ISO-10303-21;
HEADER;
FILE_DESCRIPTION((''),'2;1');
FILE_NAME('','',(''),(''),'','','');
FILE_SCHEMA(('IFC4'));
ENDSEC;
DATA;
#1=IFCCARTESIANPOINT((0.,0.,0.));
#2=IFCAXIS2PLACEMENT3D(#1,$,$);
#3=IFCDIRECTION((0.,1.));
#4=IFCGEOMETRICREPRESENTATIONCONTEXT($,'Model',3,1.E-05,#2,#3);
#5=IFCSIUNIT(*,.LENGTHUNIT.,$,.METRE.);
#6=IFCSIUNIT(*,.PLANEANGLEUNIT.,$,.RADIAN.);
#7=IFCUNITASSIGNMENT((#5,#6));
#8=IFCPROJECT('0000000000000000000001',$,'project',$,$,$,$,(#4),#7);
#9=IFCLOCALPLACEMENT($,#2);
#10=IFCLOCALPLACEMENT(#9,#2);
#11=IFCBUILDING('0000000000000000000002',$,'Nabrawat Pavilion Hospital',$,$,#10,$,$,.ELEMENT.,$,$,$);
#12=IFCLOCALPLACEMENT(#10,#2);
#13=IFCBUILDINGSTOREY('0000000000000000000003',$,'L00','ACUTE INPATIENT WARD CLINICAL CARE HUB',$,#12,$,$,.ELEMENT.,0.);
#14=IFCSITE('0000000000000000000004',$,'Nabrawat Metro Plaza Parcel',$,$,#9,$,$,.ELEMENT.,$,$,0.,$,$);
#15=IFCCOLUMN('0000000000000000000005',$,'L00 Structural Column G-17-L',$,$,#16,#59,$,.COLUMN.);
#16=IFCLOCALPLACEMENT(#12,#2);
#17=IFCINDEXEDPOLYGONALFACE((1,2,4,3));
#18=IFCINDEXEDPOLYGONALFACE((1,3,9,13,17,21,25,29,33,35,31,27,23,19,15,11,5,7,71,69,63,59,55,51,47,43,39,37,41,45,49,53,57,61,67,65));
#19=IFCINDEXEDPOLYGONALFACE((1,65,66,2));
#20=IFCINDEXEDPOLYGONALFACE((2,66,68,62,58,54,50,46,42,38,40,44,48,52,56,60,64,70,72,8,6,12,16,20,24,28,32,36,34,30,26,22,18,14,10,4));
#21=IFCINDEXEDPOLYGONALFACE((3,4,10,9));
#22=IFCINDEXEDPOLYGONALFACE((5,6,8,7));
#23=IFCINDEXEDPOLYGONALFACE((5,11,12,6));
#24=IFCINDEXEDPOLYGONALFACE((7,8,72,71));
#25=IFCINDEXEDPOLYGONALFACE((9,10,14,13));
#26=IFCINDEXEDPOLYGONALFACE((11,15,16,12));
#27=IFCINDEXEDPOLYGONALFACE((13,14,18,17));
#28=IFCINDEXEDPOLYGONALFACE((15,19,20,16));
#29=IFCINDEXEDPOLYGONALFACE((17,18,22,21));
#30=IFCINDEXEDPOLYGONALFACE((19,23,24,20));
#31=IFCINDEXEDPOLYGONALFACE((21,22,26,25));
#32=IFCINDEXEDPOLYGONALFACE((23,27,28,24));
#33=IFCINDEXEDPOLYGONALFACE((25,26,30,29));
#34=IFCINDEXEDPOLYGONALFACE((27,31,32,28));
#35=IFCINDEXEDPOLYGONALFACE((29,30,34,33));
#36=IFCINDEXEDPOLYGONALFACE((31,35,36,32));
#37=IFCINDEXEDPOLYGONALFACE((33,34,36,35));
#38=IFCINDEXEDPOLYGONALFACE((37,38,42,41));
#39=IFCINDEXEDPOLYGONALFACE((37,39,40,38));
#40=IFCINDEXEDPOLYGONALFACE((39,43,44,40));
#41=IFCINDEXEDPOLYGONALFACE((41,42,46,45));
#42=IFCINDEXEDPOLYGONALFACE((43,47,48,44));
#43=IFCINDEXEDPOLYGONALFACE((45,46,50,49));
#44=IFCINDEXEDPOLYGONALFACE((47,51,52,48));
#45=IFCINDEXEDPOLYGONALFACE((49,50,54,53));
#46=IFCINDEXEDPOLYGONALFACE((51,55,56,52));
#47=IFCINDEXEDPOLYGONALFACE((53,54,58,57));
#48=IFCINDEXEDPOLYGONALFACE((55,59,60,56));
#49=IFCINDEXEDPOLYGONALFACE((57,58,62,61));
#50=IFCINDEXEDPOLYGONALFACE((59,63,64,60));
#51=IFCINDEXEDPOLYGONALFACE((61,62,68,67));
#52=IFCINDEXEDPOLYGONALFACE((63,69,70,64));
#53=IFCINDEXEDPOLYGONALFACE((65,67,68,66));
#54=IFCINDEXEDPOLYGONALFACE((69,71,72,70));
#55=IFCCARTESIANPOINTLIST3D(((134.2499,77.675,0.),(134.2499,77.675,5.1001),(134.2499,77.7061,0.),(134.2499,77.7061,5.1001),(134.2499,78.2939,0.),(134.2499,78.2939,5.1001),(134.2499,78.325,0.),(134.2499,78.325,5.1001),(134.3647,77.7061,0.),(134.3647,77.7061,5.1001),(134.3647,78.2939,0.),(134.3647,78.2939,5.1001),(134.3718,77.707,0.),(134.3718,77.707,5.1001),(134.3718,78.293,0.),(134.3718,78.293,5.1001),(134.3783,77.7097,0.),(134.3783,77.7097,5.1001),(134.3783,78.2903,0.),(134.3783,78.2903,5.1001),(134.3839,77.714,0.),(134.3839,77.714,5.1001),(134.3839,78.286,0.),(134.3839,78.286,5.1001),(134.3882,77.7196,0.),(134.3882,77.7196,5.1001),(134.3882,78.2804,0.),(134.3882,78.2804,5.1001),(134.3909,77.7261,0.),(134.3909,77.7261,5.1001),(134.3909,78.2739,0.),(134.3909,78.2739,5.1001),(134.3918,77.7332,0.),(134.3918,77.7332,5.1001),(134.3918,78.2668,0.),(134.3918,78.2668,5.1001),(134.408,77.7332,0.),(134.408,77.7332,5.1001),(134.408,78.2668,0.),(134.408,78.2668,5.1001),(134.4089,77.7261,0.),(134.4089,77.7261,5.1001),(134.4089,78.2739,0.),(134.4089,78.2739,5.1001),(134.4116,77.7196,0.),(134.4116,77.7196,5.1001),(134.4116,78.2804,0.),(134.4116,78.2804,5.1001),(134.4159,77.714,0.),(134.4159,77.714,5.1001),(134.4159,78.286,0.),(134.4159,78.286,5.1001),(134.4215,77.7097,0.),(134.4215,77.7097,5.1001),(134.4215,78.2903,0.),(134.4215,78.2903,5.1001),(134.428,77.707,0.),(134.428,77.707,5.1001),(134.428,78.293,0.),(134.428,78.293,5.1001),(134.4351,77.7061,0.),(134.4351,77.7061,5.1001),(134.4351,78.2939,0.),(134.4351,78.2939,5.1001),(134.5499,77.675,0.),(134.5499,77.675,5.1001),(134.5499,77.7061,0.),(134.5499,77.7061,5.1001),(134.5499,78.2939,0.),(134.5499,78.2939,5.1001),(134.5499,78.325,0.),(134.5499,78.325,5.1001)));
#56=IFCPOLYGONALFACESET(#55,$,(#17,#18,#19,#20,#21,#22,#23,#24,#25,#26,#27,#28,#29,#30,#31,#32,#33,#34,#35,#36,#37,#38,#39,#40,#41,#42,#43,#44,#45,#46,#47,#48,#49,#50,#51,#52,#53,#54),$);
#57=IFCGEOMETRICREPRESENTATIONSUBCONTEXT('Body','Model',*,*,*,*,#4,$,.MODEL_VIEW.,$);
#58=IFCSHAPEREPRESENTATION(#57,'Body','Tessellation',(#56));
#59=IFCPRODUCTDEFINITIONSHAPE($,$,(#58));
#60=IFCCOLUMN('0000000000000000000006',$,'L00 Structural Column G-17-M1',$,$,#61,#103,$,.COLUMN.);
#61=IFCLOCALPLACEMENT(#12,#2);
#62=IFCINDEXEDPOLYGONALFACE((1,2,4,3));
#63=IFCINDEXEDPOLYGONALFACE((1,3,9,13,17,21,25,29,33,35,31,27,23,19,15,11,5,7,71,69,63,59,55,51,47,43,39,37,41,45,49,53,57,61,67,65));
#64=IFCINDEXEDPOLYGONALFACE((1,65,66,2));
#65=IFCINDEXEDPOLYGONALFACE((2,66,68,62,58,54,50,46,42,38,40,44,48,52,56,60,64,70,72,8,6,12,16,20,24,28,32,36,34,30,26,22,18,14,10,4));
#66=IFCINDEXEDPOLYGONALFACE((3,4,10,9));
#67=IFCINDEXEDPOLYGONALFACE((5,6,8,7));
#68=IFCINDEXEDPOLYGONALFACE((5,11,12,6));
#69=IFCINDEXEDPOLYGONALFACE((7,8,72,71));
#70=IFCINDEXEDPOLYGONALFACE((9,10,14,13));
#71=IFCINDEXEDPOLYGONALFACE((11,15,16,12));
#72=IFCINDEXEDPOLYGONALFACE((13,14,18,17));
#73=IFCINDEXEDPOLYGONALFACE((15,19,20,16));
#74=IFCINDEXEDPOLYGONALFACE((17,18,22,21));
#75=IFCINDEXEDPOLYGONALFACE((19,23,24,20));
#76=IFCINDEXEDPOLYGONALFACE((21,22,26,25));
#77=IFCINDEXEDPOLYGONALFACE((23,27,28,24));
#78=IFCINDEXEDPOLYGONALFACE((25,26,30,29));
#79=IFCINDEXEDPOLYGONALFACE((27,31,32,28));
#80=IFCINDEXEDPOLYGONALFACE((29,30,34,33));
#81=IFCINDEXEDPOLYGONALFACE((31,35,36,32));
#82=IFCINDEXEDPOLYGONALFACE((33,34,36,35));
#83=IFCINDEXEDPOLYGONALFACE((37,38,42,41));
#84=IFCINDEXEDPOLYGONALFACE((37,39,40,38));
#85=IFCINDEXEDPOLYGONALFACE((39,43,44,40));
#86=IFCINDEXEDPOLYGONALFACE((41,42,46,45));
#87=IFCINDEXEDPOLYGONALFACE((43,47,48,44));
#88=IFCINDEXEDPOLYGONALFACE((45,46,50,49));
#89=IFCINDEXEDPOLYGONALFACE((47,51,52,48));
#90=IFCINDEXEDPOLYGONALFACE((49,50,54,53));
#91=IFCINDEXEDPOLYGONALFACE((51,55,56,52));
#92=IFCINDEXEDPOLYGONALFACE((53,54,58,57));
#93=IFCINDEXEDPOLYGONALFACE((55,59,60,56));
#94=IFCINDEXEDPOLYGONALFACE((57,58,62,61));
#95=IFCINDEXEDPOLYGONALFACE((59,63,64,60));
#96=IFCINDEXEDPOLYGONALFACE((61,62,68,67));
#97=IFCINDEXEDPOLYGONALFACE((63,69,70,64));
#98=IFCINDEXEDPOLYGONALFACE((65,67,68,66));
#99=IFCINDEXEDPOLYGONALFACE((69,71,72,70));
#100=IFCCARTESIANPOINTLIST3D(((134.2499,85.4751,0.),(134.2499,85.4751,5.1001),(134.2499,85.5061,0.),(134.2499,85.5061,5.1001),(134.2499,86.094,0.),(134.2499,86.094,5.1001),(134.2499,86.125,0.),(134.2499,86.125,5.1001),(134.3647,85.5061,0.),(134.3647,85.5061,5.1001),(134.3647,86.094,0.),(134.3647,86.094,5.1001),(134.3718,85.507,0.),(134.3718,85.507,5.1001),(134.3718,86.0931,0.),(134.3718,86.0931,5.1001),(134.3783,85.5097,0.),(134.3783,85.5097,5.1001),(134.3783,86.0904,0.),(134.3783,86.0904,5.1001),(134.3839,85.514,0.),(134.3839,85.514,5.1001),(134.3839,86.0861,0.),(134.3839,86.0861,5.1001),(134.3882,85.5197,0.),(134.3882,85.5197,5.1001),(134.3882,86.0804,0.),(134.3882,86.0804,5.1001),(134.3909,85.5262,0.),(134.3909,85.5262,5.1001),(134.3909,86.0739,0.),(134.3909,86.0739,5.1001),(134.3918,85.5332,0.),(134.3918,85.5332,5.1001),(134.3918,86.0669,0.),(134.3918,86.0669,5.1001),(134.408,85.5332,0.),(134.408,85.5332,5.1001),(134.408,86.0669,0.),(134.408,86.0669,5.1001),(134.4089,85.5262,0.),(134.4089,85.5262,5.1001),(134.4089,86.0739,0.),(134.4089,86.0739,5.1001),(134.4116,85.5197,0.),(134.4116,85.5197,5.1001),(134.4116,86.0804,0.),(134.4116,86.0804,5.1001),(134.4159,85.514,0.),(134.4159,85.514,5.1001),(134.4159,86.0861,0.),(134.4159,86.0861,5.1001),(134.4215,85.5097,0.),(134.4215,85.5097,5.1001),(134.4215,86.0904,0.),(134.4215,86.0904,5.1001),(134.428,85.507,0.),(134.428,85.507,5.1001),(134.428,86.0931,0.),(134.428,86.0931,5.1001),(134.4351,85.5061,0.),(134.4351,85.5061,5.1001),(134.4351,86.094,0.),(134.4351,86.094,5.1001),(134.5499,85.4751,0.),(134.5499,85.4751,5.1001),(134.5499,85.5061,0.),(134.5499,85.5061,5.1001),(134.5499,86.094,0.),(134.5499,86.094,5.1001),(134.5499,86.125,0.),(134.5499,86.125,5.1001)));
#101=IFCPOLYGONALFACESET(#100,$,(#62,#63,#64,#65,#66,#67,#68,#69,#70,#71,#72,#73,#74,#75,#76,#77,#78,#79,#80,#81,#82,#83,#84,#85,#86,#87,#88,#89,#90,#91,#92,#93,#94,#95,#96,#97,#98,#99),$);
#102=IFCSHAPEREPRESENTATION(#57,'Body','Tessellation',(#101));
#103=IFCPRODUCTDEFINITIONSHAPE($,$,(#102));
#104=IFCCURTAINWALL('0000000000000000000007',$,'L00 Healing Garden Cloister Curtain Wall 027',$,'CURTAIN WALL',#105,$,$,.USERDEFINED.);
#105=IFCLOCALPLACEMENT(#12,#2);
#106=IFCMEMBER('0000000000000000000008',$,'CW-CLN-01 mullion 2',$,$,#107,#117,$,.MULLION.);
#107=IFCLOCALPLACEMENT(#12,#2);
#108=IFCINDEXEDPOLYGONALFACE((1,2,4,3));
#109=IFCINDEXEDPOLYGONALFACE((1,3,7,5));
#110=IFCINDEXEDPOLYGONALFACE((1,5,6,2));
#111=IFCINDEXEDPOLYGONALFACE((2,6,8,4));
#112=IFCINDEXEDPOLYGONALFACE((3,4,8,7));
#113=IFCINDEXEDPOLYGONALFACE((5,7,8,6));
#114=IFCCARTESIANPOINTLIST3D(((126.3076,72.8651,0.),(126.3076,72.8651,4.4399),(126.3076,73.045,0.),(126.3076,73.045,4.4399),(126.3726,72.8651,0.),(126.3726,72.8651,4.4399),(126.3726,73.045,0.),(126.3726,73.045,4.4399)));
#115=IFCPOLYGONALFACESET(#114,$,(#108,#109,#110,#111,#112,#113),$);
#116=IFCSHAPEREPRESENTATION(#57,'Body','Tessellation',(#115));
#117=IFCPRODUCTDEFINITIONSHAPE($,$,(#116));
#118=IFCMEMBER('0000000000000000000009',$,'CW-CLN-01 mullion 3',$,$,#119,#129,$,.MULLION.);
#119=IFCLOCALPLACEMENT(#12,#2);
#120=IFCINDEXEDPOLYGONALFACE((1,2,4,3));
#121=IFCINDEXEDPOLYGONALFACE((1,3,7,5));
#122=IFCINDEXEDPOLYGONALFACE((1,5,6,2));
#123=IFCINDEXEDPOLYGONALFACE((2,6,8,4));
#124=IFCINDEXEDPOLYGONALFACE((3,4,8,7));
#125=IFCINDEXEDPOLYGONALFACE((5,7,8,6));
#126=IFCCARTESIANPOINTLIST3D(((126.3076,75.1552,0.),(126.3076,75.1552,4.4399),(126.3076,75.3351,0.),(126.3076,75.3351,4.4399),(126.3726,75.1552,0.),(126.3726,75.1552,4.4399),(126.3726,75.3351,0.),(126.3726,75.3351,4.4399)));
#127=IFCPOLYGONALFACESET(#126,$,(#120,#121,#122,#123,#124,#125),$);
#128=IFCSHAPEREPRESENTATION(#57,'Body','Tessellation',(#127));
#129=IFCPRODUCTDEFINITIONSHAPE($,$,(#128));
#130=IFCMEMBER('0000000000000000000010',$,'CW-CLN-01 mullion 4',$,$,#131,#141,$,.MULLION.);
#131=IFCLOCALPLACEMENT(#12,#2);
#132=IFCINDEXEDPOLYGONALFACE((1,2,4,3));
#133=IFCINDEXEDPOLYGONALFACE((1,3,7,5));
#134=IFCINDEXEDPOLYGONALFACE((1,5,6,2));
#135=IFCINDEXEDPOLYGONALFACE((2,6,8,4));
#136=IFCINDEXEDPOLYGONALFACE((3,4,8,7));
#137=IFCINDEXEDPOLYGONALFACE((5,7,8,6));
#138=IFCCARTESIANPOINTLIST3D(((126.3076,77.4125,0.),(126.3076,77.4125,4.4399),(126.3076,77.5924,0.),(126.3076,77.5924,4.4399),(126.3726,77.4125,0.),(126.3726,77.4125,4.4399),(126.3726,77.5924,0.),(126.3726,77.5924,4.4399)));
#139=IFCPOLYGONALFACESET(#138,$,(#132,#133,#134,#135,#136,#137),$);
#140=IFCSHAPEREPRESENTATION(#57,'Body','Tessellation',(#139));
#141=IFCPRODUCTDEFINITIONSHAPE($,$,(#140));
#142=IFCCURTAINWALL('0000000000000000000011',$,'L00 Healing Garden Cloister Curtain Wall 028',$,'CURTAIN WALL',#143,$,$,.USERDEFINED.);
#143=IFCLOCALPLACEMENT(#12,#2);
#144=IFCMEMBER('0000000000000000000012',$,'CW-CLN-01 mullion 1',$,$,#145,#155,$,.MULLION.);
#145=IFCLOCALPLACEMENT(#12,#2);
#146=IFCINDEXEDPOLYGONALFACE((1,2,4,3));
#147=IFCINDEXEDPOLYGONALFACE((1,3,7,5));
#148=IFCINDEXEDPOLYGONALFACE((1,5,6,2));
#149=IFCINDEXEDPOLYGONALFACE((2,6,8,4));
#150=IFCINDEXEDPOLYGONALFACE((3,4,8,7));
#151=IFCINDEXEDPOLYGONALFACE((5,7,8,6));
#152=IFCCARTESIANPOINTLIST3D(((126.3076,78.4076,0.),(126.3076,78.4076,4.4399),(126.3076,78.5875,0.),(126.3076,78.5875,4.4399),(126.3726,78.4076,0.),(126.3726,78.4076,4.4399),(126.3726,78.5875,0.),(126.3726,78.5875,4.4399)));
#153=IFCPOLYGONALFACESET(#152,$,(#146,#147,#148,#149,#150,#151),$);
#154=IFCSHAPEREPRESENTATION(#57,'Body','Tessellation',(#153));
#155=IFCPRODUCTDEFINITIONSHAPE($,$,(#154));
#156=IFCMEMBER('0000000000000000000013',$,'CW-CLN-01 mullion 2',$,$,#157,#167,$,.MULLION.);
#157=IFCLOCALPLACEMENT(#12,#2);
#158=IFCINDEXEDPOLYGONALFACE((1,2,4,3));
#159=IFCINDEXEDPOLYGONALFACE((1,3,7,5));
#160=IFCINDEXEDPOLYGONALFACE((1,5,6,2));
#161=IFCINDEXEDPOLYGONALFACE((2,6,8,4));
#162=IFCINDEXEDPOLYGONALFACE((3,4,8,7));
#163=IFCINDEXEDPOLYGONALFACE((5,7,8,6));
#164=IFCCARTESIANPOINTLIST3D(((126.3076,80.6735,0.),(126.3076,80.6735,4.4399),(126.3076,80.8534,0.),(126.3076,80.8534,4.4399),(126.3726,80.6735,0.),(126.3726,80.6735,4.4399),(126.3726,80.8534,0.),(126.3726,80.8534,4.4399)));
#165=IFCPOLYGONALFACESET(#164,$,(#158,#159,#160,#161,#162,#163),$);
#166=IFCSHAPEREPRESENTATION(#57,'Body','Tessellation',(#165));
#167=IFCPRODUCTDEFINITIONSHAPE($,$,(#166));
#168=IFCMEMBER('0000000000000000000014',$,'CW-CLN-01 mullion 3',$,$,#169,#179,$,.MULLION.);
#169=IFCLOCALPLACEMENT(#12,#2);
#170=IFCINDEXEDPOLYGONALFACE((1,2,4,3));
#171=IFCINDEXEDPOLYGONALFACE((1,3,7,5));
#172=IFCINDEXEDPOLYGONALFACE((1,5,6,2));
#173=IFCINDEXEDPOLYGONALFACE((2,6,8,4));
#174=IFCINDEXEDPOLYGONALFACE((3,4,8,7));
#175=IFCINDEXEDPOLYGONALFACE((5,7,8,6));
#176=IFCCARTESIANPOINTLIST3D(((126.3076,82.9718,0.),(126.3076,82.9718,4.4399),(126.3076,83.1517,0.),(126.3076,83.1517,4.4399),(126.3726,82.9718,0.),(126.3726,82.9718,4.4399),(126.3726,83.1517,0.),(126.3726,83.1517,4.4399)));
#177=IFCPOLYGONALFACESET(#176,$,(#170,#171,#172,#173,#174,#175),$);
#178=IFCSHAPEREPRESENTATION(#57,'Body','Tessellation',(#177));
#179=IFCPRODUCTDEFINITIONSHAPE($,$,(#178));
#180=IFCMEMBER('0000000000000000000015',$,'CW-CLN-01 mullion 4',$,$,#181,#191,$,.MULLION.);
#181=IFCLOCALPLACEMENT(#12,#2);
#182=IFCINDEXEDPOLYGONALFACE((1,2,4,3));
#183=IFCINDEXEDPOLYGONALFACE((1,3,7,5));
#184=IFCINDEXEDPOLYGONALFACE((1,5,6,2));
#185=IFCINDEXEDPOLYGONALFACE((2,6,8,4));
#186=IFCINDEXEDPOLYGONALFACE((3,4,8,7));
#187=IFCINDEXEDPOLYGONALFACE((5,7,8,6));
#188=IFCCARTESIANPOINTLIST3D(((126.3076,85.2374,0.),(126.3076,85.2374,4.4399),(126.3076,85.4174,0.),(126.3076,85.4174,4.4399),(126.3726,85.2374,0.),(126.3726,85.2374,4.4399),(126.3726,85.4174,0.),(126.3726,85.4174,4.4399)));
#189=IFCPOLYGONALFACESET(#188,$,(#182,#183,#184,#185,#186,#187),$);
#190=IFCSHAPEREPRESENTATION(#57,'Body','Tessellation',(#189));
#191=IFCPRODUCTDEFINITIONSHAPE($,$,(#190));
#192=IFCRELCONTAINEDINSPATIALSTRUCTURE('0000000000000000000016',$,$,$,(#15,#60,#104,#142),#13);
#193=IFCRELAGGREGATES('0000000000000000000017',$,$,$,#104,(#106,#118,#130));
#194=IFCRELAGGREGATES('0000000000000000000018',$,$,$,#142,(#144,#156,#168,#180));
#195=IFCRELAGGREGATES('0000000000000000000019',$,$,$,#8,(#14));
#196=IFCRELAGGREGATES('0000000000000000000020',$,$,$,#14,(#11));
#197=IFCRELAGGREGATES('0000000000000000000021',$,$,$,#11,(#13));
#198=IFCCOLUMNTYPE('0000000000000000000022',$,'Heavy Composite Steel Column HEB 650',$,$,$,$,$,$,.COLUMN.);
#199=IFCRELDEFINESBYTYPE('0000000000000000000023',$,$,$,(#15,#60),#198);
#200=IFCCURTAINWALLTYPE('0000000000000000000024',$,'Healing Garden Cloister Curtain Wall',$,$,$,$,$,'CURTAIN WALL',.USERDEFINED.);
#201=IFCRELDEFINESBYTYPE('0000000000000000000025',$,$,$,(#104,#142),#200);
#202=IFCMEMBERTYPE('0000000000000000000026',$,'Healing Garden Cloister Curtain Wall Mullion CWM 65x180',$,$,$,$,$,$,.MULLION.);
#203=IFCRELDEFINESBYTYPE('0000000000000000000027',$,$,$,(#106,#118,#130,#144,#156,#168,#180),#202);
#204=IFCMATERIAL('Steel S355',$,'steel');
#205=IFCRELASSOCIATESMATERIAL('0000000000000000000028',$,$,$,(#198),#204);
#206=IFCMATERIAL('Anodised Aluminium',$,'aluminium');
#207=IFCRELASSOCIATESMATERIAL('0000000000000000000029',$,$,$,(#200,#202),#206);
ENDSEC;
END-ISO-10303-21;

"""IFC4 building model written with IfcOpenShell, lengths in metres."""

from ifc_helpers import new_model, si_unit, direction, frame, origin, origin_2d, place, context, subcontext, project, spatial, rectangle, i_section, extrude, material, material_profile, profile_set, type_object, element, aggregate, save


model = new_model("IFC4")

# Units and contexts
model_context = context("Model", 3, precision=1e-05, world=origin(), true_north=direction((0.0, 1.0)))
body_context = subcontext(model_context, "Body", "Model", "MODEL_VIEW")
ifc_project = project(units=[si_unit("LENGTHUNIT", "METRE"), si_unit("PLANEANGLEUNIT", "RADIAN")], contexts=[model_context])

# Site, building, storey
site_placement = place(None, origin())
site = spatial("IfcSite", under=ifc_project, at=site_placement, Name="Nabrawat Metro Plaza Parcel", CompositionType="ELEMENT", RefElevation=0.0)
building_placement = place(site_placement, origin())
building = spatial("IfcBuilding", under=site, at=building_placement, Name="Nabrawat Pavilion Hospital", CompositionType="ELEMENT")
storey_placement = place(building_placement, origin())
storey = spatial("IfcBuildingStorey", under=building, at=storey_placement, Name="L00", Description="ACUTE INPATIENT WARD CLINICAL CARE HUB", CompositionType="ELEMENT", Elevation=0.0)

# Columns
ifc_material_1 = material(Name="Steel S355", Category="steel")
ifc_material_profile_1 = material_profile(ifc_material_1, i_section(OverallWidth=0.3, OverallDepth=0.6499, WebThickness=0.0161, FlangeThickness=0.031, FilletRadius=0.0271, at=origin_2d()), Name="HEB 650")
ifc_profile_set_1 = profile_set([ifc_material_profile_1], Name="Steel S355")
column_type = type_object("IfcColumnType", Name="Heavy Composite Steel Column HEB 650", PredefinedType="COLUMN", material=ifc_profile_set_1)
for number, where, z_axis, x_axis, name in (
    (1, (134.3999, 78.0, 0.0), (0.0, 0.0, 1.0), (1.0, 0.0, 0.0), "L00 Structural Column G-17-L"),
    (2, (134.3999, 85.8, 0.0), (0.0, 0.0, 1.0), (1.0, 0.0, 0.0), "L00 Structural Column G-17-M1"),
):
    element("IfcColumn", number, at=place(storey_placement, frame(where, z_axis=z_axis, x_axis=x_axis)), inside=storey, type_object=column_type, Name=name, PredefinedType="COLUMN", context=body_context, shape_type="SweptSolid", body=[
        extrude(i_section(OverallWidth=0.3, OverallDepth=0.6499, WebThickness=0.0161, FlangeThickness=0.031, FilletRadius=0.0271, at=origin_2d()), origin(), (0.0, 0.0, 1.0), 5.1001),
    ])

# Curtain walls, members
ifc_material_2 = material(Name="Anodised Aluminium", Category="aluminium")
curtain_wall_type = type_object("IfcCurtainWallType", Name="Healing Garden Cloister Curtain Wall", ElementType="CURTAIN WALL", PredefinedType="USERDEFINED", material=ifc_material_2)
curtain_wall_1_placement = place(storey_placement, origin())
curtain_wall_1 = element("IfcCurtainWall", 3, at=curtain_wall_1_placement, inside=storey, type_object=curtain_wall_type, Name="L00 Healing Garden Cloister Curtain Wall 027", ObjectType="CURTAIN WALL", PredefinedType="USERDEFINED")
ifc_material_profile_2 = material_profile(ifc_material_2, rectangle(XDim=0.0649, YDim=0.1799, at=origin_2d()), Name="CWM 65x180")
ifc_profile_set_2 = profile_set([ifc_material_profile_2], Name="Anodised Aluminium")
member_type_1 = type_object("IfcMemberType", Name="Healing Garden Cloister Curtain Wall Mullion CWM 65x180", PredefinedType="MULLION", material=ifc_profile_set_2)
member_1_placement = place(storey_placement, frame((126.3401, 72.9551, 0.0), z_axis=(0.0, 0.0, 1.0), x_axis=(-1.0, 0.0, 0.0)))
member_1 = element("IfcMember", 4, at=member_1_placement, type_object=member_type_1, Name="CW-CLN-01 mullion 2", PredefinedType="MULLION", context=body_context, shape_type="SweptSolid", body=[
    extrude(rectangle(XDim=0.0649, YDim=0.1799, at=origin_2d()), origin(), (0.0, 0.0, 1.0), 4.4399),
])
member_2_placement = place(storey_placement, frame((126.3401, 75.2451, 0.0), z_axis=(0.0, 0.0, 1.0), x_axis=(-1.0, 0.0, 0.0)))
member_2 = element("IfcMember", 5, at=member_2_placement, type_object=member_type_1, Name="CW-CLN-01 mullion 3", PredefinedType="MULLION", context=body_context, shape_type="SweptSolid", body=[
    extrude(rectangle(XDim=0.0649, YDim=0.1799, at=origin_2d()), origin(), (0.0, 0.0, 1.0), 4.4399),
])
member_3_placement = place(storey_placement, frame((126.3401, 77.5024, 0.0), z_axis=(0.0, 0.0, 1.0), x_axis=(-1.0, 0.0, 0.0)))
member_3 = element("IfcMember", 6, at=member_3_placement, type_object=member_type_1, Name="CW-CLN-01 mullion 4", PredefinedType="MULLION", context=body_context, shape_type="SweptSolid", body=[
    extrude(rectangle(XDim=0.0649, YDim=0.1799, at=origin_2d()), origin(), (0.0, 0.0, 1.0), 4.4399),
])
curtain_wall_2_placement = place(storey_placement, origin())
curtain_wall_2 = element("IfcCurtainWall", 7, at=curtain_wall_2_placement, inside=storey, type_object=curtain_wall_type, Name="L00 Healing Garden Cloister Curtain Wall 028", ObjectType="CURTAIN WALL", PredefinedType="USERDEFINED")
member_4_placement = place(storey_placement, frame((126.3401, 78.4976, 0.0), z_axis=(0.0, 0.0, 1.0), x_axis=(-1.0, 0.0, 0.0)))
member_4 = element("IfcMember", 8, at=member_4_placement, type_object=member_type_1, Name="CW-CLN-01 mullion 1", PredefinedType="MULLION", context=body_context, shape_type="SweptSolid", body=[
    extrude(rectangle(XDim=0.0649, YDim=0.1799, at=origin_2d()), origin(), (0.0, 0.0, 1.0), 4.4399),
])
member_5_placement = place(storey_placement, frame((126.3401, 80.7634, 0.0), z_axis=(0.0, 0.0, 1.0), x_axis=(-1.0, 0.0, 0.0)))
member_5 = element("IfcMember", 9, at=member_5_placement, type_object=member_type_1, Name="CW-CLN-01 mullion 2", PredefinedType="MULLION", context=body_context, shape_type="SweptSolid", body=[
    extrude(rectangle(XDim=0.0649, YDim=0.1799, at=origin_2d()), origin(), (0.0, 0.0, 1.0), 4.4399),
])
member_6_placement = place(storey_placement, frame((126.3401, 83.0618, 0.0), z_axis=(0.0, 0.0, 1.0), x_axis=(-1.0, 0.0, 0.0)))
member_6 = element("IfcMember", 10, at=member_6_placement, type_object=member_type_1, Name="CW-CLN-01 mullion 3", PredefinedType="MULLION", context=body_context, shape_type="SweptSolid", body=[
    extrude(rectangle(XDim=0.0649, YDim=0.1799, at=origin_2d()), origin(), (0.0, 0.0, 1.0), 4.4399),
])
member_7_placement = place(storey_placement, frame((126.3401, 85.3274, 0.0), z_axis=(0.0, 0.0, 1.0), x_axis=(-1.0, 0.0, 0.0)))
member_7 = element("IfcMember", 11, at=member_7_placement, type_object=member_type_1, Name="CW-CLN-01 mullion 4", PredefinedType="MULLION", context=body_context, shape_type="SweptSolid", body=[
    extrude(rectangle(XDim=0.0649, YDim=0.1799, at=origin_2d()), origin(), (0.0, 0.0, 1.0), 4.4399),
])

aggregate(curtain_wall_1, [member_1, member_2, member_3])
aggregate(curtain_wall_2, [member_4, member_5, member_6, member_7])

save(model, "model.ifc")
